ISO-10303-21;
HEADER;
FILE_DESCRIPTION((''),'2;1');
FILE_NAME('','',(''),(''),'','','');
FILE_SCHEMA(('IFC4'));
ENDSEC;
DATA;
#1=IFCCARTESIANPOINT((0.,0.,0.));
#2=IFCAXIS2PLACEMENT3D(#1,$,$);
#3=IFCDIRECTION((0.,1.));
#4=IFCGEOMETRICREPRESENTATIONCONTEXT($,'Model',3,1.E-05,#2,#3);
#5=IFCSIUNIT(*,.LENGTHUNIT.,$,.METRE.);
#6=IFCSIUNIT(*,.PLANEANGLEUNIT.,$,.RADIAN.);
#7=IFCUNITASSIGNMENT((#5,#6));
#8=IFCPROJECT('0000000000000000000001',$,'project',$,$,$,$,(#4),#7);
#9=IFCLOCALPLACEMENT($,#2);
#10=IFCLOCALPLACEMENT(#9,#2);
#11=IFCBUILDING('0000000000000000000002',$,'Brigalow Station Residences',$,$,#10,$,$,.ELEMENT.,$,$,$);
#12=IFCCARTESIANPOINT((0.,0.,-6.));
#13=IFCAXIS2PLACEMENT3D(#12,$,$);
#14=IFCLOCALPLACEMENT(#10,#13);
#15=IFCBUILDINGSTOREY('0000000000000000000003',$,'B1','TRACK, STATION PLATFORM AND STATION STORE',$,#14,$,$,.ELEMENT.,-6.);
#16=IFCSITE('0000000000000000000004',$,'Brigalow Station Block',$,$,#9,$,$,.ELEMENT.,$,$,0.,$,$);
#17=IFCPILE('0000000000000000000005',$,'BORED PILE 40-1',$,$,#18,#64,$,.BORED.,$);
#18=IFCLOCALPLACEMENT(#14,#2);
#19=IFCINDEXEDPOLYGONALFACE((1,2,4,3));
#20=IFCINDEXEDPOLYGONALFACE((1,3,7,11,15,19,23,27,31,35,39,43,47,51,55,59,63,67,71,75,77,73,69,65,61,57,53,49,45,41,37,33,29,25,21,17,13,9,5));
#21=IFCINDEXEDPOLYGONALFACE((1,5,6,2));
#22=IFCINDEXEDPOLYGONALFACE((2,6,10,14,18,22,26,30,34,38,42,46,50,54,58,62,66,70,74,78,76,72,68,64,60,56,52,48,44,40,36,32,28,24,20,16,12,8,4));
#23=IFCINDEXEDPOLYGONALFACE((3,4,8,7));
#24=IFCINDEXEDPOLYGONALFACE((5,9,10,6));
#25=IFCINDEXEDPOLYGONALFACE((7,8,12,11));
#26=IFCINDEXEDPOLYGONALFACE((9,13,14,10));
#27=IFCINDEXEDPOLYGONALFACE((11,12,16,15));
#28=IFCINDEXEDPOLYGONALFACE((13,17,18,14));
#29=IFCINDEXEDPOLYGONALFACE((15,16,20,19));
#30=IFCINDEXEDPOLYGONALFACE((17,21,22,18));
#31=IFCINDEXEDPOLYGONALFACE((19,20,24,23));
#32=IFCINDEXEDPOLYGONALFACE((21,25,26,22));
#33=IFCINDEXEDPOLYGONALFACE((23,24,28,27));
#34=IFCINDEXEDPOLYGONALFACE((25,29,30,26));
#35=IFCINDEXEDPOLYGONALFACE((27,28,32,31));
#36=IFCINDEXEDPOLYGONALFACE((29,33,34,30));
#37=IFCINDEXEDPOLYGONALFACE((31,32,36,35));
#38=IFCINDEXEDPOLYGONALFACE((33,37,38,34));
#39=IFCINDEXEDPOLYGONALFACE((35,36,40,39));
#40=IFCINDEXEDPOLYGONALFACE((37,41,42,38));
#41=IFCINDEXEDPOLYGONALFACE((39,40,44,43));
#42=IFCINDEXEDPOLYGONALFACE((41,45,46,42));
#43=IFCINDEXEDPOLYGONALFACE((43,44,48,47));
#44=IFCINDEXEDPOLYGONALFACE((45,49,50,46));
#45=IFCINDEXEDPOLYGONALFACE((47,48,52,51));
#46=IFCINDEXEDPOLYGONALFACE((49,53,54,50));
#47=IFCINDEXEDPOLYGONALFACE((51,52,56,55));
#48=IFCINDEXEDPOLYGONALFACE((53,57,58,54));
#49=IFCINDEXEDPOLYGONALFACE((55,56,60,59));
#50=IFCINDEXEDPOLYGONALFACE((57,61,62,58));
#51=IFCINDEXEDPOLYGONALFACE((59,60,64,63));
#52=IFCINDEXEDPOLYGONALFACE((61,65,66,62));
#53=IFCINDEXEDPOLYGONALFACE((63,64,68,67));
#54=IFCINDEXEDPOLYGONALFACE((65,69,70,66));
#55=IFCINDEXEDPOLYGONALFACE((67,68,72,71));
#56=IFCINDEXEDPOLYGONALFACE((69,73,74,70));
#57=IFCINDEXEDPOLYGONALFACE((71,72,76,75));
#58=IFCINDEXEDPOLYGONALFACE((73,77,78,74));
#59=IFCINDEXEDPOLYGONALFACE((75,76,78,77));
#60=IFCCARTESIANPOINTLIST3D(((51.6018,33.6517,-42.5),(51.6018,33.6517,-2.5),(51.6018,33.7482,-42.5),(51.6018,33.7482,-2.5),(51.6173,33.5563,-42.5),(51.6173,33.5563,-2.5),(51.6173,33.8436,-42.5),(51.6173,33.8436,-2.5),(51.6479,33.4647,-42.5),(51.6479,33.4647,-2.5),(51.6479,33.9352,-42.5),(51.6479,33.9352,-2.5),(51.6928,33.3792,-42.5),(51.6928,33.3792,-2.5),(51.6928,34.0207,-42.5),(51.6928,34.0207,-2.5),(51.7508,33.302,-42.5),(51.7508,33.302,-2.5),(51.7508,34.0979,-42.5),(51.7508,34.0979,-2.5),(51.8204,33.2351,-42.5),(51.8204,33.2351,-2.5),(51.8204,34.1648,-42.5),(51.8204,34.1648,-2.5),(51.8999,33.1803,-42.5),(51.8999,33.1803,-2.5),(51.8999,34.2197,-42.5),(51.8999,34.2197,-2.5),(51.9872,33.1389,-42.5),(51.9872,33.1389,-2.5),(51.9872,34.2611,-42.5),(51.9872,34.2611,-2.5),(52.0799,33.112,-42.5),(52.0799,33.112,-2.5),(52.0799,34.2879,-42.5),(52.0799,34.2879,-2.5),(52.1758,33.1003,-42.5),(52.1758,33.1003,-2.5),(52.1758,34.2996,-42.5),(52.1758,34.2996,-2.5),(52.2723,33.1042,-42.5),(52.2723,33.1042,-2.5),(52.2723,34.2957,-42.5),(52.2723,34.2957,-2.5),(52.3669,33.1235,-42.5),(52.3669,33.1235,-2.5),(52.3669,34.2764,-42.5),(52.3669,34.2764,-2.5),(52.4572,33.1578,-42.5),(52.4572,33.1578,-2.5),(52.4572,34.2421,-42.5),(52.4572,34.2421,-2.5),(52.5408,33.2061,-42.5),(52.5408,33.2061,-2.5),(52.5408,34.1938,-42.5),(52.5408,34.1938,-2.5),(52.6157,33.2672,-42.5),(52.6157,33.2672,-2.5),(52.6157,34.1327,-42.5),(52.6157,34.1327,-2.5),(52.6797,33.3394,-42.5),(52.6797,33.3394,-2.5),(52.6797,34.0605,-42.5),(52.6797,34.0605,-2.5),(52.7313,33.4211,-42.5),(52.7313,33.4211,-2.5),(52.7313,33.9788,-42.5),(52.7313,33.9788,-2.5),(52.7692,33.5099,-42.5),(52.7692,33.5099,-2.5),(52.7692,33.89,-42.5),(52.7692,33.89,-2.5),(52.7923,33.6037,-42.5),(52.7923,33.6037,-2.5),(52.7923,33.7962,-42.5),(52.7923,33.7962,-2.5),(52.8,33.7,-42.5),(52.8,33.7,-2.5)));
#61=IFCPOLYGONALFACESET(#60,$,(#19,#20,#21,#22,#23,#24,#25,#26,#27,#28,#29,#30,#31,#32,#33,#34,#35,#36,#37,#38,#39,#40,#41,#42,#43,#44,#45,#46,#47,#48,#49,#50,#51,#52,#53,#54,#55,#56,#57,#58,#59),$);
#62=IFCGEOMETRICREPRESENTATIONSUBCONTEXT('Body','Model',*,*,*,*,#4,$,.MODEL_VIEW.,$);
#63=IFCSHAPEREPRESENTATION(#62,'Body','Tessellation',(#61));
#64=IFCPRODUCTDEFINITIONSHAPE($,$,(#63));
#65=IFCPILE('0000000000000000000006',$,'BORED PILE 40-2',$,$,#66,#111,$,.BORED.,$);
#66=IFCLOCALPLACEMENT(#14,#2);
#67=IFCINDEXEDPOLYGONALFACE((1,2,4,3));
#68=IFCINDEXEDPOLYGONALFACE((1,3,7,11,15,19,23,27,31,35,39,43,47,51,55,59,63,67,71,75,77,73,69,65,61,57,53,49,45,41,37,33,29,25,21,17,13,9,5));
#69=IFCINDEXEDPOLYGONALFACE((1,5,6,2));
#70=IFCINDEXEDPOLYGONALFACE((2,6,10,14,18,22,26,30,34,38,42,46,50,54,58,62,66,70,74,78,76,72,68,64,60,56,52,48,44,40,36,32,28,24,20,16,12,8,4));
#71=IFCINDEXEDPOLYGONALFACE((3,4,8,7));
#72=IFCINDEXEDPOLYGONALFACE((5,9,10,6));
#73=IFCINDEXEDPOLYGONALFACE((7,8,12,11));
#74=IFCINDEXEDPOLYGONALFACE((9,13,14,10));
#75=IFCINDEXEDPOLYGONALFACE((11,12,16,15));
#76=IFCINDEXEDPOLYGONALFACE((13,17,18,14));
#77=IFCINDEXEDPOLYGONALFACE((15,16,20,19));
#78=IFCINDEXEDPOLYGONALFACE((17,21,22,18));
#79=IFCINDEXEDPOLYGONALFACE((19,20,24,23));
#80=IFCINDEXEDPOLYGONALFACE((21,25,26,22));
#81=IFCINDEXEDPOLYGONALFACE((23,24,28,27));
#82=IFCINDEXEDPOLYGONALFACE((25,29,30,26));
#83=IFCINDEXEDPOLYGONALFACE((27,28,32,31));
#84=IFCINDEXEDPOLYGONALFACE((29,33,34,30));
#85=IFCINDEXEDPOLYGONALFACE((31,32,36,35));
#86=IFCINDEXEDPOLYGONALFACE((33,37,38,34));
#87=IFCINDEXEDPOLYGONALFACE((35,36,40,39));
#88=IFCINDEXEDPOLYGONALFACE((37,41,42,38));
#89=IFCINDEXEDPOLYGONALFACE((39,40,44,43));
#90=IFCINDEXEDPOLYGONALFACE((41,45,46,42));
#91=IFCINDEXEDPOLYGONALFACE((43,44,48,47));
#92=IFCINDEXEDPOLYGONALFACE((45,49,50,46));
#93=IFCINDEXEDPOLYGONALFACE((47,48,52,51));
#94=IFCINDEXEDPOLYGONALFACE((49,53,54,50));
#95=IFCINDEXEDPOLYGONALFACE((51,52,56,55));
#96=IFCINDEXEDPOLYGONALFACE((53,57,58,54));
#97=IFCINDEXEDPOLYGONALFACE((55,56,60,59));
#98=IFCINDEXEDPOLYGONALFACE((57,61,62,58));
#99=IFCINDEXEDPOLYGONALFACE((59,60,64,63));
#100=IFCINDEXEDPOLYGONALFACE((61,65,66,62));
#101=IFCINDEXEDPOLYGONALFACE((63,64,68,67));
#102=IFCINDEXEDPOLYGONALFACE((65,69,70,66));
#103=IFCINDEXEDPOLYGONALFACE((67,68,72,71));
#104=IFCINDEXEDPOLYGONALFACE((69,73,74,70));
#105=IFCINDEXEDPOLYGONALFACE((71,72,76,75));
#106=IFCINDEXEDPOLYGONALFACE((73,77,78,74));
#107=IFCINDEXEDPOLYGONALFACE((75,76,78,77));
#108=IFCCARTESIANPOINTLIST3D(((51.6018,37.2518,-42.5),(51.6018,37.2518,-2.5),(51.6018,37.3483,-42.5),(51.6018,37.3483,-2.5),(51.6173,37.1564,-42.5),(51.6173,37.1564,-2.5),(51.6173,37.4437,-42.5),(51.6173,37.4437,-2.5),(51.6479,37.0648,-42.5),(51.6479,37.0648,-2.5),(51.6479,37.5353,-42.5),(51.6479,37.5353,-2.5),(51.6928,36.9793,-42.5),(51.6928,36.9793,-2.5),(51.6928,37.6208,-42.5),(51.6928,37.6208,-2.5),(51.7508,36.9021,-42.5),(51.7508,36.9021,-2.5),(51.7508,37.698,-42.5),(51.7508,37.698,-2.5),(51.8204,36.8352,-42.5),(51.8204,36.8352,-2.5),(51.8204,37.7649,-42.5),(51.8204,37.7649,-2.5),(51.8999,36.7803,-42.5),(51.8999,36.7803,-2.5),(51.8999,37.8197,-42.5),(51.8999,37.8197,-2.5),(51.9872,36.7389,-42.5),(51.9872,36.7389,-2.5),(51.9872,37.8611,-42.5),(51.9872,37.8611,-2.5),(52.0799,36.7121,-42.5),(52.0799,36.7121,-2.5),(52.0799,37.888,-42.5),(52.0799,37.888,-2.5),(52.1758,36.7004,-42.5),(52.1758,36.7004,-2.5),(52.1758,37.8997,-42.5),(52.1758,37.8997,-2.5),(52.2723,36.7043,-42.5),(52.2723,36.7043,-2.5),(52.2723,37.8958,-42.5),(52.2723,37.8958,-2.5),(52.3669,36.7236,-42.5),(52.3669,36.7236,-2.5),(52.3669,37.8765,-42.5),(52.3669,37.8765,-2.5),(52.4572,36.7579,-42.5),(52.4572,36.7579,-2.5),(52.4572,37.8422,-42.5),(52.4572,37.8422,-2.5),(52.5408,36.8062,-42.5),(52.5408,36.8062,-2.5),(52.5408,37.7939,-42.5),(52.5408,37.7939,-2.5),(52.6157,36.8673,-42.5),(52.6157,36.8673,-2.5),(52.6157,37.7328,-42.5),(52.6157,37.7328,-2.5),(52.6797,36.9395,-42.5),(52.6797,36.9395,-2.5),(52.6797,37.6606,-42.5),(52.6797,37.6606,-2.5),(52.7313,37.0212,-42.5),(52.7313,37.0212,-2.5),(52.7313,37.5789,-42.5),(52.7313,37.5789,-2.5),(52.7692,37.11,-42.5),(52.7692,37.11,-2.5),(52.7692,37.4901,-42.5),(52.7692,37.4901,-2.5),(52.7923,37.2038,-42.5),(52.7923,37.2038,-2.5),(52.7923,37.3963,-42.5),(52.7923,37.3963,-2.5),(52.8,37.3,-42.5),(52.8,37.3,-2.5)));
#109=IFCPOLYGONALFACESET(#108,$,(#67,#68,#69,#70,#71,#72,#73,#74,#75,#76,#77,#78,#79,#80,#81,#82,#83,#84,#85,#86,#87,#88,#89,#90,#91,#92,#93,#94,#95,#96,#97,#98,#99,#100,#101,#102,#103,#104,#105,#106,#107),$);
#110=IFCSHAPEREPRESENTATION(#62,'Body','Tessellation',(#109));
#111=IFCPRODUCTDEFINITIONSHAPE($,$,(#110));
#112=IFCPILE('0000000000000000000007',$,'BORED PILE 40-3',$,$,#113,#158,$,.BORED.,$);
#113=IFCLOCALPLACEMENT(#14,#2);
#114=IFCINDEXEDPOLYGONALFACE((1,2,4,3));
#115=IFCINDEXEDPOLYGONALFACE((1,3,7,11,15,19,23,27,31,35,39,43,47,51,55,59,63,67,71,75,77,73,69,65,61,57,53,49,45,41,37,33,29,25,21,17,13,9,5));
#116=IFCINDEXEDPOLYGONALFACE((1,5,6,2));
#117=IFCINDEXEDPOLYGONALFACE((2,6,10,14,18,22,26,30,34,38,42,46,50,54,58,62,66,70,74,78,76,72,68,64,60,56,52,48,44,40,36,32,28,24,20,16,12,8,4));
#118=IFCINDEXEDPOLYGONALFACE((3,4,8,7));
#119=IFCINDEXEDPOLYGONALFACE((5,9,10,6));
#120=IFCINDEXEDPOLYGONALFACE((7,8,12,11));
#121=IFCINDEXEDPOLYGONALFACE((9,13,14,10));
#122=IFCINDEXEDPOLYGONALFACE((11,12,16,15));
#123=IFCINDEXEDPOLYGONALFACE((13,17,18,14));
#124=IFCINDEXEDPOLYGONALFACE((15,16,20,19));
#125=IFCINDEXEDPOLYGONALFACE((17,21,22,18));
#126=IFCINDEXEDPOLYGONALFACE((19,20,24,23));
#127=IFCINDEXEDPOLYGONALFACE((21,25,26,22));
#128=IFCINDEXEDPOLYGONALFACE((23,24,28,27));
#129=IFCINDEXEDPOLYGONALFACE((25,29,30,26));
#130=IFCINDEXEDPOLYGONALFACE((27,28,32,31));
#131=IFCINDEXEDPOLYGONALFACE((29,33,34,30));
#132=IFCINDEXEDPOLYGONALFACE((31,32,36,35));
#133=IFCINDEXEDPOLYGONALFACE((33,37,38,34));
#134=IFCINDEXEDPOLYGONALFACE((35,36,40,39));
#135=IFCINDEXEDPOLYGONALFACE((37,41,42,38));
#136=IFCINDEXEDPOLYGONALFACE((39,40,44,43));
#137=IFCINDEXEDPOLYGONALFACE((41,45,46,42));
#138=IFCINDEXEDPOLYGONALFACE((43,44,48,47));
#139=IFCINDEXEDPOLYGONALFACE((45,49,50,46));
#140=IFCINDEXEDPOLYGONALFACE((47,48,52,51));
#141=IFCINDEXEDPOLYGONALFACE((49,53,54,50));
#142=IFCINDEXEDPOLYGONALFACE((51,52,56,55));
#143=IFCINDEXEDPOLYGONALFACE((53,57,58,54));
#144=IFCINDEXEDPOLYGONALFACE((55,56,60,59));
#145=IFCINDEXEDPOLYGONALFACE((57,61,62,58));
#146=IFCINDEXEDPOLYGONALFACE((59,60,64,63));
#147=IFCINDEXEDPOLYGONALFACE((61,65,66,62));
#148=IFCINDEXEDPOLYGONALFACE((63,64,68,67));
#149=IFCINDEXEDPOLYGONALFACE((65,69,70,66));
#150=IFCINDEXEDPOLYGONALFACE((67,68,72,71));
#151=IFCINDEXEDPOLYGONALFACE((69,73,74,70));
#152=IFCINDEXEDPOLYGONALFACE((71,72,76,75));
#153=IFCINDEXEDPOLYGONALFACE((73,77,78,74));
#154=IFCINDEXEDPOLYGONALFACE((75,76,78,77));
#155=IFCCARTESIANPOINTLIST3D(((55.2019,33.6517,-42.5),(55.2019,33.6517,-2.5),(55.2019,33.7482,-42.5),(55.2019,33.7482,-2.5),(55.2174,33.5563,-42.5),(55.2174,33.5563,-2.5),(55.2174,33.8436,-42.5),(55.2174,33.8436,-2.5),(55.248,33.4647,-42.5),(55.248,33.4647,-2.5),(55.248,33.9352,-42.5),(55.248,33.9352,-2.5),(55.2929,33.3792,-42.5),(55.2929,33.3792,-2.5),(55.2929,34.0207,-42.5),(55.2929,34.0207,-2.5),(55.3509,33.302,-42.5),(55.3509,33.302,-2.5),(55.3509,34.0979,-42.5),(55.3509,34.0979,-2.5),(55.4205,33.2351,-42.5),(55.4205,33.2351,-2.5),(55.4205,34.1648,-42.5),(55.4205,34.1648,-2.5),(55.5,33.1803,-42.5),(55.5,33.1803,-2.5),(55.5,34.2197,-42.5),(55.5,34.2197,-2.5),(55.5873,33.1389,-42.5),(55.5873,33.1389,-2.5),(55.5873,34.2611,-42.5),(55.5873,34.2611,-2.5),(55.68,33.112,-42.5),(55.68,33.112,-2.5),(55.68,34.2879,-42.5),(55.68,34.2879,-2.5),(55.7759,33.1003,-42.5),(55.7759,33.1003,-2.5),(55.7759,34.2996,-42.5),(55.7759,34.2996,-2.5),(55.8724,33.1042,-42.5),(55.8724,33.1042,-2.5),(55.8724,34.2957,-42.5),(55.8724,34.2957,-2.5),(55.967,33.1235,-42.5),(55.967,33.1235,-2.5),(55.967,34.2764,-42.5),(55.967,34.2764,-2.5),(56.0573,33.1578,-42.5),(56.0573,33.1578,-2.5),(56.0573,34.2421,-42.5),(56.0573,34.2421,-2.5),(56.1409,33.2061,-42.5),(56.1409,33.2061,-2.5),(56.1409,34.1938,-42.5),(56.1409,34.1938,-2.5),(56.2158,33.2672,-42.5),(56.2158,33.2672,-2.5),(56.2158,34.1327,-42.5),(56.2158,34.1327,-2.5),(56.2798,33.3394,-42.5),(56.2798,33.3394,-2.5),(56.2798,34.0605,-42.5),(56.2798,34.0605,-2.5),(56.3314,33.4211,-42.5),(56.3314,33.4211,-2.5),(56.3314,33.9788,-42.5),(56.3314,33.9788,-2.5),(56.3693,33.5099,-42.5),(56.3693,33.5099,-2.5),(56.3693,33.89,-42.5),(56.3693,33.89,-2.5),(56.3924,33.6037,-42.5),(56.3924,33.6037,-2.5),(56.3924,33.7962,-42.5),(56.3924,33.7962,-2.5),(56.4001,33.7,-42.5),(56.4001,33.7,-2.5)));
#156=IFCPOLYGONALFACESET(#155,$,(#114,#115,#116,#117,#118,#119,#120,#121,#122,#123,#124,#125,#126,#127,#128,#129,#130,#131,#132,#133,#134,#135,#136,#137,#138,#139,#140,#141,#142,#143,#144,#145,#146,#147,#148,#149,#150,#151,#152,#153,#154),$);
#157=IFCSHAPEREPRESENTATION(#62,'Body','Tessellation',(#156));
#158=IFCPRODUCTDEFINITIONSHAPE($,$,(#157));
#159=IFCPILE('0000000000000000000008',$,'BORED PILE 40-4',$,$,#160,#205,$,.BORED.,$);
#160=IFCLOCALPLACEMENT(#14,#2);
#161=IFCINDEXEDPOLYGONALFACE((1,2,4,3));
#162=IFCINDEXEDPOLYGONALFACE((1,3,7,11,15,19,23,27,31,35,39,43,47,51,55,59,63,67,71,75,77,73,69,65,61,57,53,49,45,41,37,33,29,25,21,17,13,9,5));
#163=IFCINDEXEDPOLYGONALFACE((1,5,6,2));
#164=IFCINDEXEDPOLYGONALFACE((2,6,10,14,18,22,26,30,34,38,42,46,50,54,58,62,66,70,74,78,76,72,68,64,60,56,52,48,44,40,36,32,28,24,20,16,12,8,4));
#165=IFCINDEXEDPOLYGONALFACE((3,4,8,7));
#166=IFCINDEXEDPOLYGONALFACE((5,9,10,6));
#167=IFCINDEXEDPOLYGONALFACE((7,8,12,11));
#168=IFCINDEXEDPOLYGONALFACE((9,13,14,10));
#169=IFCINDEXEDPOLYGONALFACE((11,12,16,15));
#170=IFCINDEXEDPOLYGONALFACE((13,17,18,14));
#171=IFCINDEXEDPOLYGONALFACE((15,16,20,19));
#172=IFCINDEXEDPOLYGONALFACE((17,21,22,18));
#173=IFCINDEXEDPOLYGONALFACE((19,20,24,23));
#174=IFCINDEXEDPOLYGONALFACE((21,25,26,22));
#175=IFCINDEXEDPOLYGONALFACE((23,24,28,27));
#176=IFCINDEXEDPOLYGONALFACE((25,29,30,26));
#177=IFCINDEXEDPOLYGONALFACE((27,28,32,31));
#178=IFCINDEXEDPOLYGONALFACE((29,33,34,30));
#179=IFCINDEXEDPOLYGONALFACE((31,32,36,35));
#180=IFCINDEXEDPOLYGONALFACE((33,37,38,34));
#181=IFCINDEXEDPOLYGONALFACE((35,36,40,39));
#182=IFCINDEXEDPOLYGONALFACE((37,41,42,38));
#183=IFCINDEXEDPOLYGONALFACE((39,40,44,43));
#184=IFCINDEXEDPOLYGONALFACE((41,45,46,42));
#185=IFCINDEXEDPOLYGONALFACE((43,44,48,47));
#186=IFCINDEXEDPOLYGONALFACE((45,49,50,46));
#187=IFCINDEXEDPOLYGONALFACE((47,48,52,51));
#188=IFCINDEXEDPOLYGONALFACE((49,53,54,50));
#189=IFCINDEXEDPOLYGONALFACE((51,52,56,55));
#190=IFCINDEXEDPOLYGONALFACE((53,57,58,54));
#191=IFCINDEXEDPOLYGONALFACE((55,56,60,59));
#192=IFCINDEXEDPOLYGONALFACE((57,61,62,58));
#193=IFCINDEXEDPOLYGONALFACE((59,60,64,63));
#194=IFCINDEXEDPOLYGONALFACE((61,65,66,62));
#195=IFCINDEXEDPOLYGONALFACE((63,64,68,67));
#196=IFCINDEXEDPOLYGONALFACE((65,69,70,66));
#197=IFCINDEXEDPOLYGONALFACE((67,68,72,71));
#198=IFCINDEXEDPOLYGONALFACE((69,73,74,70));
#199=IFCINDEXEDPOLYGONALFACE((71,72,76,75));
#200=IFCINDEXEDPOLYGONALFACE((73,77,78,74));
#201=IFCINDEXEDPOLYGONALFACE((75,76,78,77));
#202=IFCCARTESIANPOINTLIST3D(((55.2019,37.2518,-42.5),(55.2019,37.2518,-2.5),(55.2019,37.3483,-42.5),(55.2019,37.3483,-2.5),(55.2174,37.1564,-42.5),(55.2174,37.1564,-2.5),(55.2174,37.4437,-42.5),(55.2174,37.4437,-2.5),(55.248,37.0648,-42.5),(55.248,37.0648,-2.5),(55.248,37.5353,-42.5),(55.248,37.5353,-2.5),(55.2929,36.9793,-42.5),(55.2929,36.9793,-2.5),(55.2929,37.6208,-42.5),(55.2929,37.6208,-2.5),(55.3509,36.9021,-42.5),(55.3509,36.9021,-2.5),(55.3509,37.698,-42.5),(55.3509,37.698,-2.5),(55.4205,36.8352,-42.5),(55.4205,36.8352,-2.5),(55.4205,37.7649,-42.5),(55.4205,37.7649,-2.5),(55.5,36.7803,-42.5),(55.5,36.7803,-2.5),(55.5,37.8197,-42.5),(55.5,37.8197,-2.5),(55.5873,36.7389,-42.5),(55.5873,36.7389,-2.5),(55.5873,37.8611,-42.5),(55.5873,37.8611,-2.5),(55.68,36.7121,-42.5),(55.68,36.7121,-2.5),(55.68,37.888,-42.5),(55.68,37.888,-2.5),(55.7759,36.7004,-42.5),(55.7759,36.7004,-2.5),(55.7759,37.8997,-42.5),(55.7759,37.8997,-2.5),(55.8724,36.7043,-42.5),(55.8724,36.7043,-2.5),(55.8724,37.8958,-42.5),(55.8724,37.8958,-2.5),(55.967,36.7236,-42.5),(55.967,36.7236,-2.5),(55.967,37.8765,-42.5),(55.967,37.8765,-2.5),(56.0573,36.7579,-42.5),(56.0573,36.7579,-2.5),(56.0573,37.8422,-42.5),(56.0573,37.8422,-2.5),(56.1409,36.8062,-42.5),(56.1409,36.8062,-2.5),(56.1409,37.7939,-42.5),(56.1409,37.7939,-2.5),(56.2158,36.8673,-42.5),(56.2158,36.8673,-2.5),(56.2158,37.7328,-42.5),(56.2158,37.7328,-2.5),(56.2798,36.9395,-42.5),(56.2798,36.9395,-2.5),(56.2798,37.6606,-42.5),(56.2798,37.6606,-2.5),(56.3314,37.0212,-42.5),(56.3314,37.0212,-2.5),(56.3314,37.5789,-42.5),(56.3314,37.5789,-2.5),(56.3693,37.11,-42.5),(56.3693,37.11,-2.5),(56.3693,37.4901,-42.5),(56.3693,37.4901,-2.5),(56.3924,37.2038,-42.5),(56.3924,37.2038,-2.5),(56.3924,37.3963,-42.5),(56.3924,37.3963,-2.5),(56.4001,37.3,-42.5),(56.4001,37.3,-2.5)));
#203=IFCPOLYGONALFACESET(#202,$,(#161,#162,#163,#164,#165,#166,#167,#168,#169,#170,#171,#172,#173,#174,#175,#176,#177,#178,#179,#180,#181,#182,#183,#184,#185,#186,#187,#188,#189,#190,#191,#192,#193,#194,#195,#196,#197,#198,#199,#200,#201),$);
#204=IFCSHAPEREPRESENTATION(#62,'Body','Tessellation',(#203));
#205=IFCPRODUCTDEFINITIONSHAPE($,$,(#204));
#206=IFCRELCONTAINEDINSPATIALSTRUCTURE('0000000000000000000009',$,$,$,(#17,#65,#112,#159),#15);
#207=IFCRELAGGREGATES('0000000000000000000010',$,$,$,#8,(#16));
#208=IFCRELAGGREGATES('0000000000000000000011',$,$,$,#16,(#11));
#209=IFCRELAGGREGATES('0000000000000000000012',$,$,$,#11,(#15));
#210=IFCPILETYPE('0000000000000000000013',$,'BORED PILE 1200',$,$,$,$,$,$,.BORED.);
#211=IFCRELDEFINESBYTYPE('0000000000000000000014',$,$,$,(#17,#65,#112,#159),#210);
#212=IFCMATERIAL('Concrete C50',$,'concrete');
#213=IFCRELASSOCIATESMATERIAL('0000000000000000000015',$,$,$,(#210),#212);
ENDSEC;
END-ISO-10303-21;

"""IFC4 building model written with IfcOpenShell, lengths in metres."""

from ifc_helpers import new_model, si_unit, direction, frame, origin, origin_2d, place, context, subcontext, project, spatial, circle, extrude, material, material_profile, profile_set, type_object, element, save


model = new_model("IFC4")

# Units and contexts
model_context = context("Model", 3, precision=1e-05, world=origin(), true_north=direction((0.0, 1.0)))
body_context = subcontext(model_context, "Body", "Model", "MODEL_VIEW")
ifc_project = project(units=[si_unit("LENGTHUNIT", "METRE"), si_unit("PLANEANGLEUNIT", "RADIAN")], contexts=[model_context])

# Site, building, storey
site_placement = place(None, origin())
site = spatial("IfcSite", under=ifc_project, at=site_placement, Name="Brigalow Station Block", CompositionType="ELEMENT", RefElevation=0.0)
building_placement = place(site_placement, origin())
building = spatial("IfcBuilding", under=site, at=building_placement, Name="Brigalow Station Residences", CompositionType="ELEMENT")
storey_placement = place(building_placement, frame((0.0, 0.0, -6.0)))
storey = spatial("IfcBuildingStorey", under=building, at=storey_placement, Name="B1", Description="TRACK, STATION PLATFORM AND STATION STORE", CompositionType="ELEMENT", Elevation=-6.0)

# Piles
ifc_material_1 = material(Name="Concrete C50", Category="concrete")
ifc_material_profile_1 = material_profile(ifc_material_1, circle(Radius=0.6001, at=origin_2d()), Name="BP1200")
ifc_profile_set_1 = profile_set([ifc_material_profile_1], Name="Concrete C50")
pile_type = type_object("IfcPileType", Name="BORED PILE 1200", PredefinedType="BORED", material=ifc_profile_set_1)
for number, where, z_axis, x_axis, name in (
    (1, (52.2, 33.7, -2.5), (0.0, 0.0, -1.0), (1.0, 0.0, 0.0), "BORED PILE 40-1"),
    (2, (52.2, 37.3, -2.5), (0.0, 0.0, -1.0), (1.0, 0.0, 0.0), "BORED PILE 40-2"),
    (3, (55.8, 33.7, -2.5), (0.0, 0.0, -1.0), (1.0, 0.0, 0.0), "BORED PILE 40-3"),
    (4, (55.8, 37.3, -2.5), (0.0, 0.0, -1.0), (1.0, 0.0, 0.0), "BORED PILE 40-4"),
):
    element("IfcPile", number, at=place(storey_placement, frame(where, z_axis=z_axis, x_axis=x_axis)), inside=storey, type_object=pile_type, Name=name, PredefinedType="BORED", context=body_context, shape_type="SweptSolid", body=[
        extrude(circle(Radius=0.6001, at=origin_2d()), origin(), (0.0, 0.0, 1.0), 40.0),
    ])

save(model, "model.ifc")
